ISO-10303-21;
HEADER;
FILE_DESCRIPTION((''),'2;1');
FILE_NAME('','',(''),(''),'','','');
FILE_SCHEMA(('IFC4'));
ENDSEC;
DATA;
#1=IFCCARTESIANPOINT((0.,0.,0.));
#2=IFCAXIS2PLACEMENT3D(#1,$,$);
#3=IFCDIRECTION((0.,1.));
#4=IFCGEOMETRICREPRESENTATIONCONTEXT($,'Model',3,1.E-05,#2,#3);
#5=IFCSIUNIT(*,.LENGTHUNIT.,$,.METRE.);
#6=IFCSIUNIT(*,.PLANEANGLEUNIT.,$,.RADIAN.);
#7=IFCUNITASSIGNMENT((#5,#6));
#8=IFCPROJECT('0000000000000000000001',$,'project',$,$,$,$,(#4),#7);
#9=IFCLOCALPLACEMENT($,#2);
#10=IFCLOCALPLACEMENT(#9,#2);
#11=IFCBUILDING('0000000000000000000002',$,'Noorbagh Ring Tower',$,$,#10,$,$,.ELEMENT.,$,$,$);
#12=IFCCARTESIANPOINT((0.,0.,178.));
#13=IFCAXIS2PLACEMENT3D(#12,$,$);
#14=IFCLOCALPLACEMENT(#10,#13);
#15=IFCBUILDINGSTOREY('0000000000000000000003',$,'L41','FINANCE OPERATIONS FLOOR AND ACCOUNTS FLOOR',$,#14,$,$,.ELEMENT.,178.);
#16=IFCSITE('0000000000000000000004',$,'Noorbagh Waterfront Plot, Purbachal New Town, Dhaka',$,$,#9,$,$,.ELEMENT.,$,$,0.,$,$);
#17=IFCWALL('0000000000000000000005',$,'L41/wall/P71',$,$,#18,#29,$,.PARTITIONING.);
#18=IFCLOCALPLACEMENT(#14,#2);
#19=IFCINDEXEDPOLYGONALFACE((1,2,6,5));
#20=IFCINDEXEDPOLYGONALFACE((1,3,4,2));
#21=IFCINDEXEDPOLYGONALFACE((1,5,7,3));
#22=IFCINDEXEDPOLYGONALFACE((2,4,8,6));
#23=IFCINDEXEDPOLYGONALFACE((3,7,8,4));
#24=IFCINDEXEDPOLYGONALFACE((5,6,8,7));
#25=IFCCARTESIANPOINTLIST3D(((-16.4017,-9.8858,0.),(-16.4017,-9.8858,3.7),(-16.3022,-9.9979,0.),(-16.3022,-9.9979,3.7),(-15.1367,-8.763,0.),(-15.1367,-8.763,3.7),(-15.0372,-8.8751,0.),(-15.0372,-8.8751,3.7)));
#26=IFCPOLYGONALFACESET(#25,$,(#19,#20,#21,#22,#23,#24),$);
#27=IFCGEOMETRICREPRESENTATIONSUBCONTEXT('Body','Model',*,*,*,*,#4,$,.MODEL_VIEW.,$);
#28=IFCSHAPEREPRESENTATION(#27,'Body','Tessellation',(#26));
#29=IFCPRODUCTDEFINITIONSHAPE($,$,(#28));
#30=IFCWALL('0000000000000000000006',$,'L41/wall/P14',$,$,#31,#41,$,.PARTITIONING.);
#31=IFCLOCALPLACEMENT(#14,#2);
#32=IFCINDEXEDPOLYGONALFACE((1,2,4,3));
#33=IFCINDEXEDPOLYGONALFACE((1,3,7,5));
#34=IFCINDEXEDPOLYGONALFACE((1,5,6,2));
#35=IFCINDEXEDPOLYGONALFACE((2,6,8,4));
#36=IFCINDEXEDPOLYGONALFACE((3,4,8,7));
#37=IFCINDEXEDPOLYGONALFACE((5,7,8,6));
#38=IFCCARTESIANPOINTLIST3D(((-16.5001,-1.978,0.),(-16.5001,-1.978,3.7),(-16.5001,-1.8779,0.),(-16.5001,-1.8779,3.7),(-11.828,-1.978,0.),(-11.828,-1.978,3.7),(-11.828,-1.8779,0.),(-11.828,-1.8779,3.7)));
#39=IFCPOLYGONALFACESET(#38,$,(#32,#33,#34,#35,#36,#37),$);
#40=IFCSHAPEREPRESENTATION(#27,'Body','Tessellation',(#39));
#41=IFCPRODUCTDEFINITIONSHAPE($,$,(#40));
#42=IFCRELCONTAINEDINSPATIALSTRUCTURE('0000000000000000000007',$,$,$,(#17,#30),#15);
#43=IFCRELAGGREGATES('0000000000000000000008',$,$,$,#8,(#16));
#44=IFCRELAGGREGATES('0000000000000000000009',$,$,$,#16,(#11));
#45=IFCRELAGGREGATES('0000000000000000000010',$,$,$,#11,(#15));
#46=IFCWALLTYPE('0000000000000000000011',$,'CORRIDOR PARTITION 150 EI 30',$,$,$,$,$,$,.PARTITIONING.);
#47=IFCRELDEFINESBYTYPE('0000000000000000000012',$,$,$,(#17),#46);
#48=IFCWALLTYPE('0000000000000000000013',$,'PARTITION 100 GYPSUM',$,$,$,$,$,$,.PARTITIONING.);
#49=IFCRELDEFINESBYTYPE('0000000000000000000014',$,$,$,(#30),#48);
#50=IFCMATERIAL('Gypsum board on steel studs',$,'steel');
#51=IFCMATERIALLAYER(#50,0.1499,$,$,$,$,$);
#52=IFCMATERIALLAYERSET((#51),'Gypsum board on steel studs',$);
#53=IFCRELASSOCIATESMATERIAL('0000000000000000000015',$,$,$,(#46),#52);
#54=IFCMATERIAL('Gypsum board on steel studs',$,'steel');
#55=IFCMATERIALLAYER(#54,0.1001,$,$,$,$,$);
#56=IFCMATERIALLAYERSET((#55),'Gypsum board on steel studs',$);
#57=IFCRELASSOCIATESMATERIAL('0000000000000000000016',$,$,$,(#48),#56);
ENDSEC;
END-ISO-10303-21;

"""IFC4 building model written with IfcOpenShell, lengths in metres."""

from ifc_helpers import new_model, si_unit, direction, frame, frame_2d, origin, place, context, subcontext, project, spatial, rectangle, extrude, material, layer, layer_set, type_object, element, save


model = new_model("IFC4")

# Units and contexts
model_context = context("Model", 3, precision=1e-05, world=origin(), true_north=direction((0.0, 1.0)))
body_context = subcontext(model_context, "Body", "Model", "MODEL_VIEW")
ifc_project = project(units=[si_unit("LENGTHUNIT", "METRE"), si_unit("PLANEANGLEUNIT", "RADIAN")], contexts=[model_context])

# Site, building, storey
site_placement = place(None, origin())
site = spatial("IfcSite", under=ifc_project, at=site_placement, Name="Noorbagh Waterfront Plot, Purbachal New Town, Dhaka", CompositionType="ELEMENT", RefElevation=0.0)
building_placement = place(site_placement, origin())
building = spatial("IfcBuilding", under=site, at=building_placement, Name="Noorbagh Ring Tower", CompositionType="ELEMENT")
storey_placement = place(building_placement, frame((0.0, 0.0, 178.0)))
storey = spatial("IfcBuildingStorey", under=building, at=storey_placement, Name="L41", Description="FINANCE OPERATIONS FLOOR AND ACCOUNTS FLOOR", CompositionType="ELEMENT", Elevation=178.0)

# Shared definitions
ifc_material_1 = material(Name="Gypsum board on steel studs", Category="steel")
ifc_layer_1 = layer(ifc_material_1, 0.1499)
ifc_layer_set_1 = layer_set([ifc_layer_1], Name="Gypsum board on steel studs")
wall_type_1 = type_object("IfcWallType", Name="CORRIDOR PARTITION 150 EI 30", PredefinedType="PARTITIONING", material=ifc_layer_set_1)

# Walls
wall_1_placement = place(storey_placement, frame((-15.0869, -8.8191, 0.0), z_axis=(0.0, 0.0, 1.0), x_axis=(-0.747927, -0.663781, 0.0)))
element("IfcWall", 1, at=wall_1_placement, inside=storey, type_object=wall_type_1, Name="L41/wall/P71", PredefinedType="PARTITIONING", context=body_context, shape_type="SweptSolid", body=[
    extrude(rectangle(XDim=1.6914, YDim=0.1499, at=frame_2d((0.8457, 0.0))), origin(), (0.0, 0.0, 1.0), 3.7),
])
ifc_material_2 = material(Name="Gypsum board on steel studs", Category="steel")
ifc_layer_2 = layer(ifc_material_2, 0.1001)
ifc_layer_set_2 = layer_set([ifc_layer_2], Name="Gypsum board on steel studs")
wall_type_2 = type_object("IfcWallType", Name="PARTITION 100 GYPSUM", PredefinedType="PARTITIONING", material=ifc_layer_set_2)
wall_2_placement = place(storey_placement, frame((-16.5, -1.928, 0.0), z_axis=(0.0, 0.0, 1.0), x_axis=(1.0, 0.0, 0.0)))
element("IfcWall", 2, at=wall_2_placement, inside=storey, type_object=wall_type_2, Name="L41/wall/P14", PredefinedType="PARTITIONING", context=body_context, shape_type="SweptSolid", body=[
    extrude(rectangle(XDim=4.6721, YDim=0.1001, at=frame_2d((2.3359, 0.0))), origin(), (0.0, 0.0, 1.0), 3.7),
])

save(model, "model.ifc")
